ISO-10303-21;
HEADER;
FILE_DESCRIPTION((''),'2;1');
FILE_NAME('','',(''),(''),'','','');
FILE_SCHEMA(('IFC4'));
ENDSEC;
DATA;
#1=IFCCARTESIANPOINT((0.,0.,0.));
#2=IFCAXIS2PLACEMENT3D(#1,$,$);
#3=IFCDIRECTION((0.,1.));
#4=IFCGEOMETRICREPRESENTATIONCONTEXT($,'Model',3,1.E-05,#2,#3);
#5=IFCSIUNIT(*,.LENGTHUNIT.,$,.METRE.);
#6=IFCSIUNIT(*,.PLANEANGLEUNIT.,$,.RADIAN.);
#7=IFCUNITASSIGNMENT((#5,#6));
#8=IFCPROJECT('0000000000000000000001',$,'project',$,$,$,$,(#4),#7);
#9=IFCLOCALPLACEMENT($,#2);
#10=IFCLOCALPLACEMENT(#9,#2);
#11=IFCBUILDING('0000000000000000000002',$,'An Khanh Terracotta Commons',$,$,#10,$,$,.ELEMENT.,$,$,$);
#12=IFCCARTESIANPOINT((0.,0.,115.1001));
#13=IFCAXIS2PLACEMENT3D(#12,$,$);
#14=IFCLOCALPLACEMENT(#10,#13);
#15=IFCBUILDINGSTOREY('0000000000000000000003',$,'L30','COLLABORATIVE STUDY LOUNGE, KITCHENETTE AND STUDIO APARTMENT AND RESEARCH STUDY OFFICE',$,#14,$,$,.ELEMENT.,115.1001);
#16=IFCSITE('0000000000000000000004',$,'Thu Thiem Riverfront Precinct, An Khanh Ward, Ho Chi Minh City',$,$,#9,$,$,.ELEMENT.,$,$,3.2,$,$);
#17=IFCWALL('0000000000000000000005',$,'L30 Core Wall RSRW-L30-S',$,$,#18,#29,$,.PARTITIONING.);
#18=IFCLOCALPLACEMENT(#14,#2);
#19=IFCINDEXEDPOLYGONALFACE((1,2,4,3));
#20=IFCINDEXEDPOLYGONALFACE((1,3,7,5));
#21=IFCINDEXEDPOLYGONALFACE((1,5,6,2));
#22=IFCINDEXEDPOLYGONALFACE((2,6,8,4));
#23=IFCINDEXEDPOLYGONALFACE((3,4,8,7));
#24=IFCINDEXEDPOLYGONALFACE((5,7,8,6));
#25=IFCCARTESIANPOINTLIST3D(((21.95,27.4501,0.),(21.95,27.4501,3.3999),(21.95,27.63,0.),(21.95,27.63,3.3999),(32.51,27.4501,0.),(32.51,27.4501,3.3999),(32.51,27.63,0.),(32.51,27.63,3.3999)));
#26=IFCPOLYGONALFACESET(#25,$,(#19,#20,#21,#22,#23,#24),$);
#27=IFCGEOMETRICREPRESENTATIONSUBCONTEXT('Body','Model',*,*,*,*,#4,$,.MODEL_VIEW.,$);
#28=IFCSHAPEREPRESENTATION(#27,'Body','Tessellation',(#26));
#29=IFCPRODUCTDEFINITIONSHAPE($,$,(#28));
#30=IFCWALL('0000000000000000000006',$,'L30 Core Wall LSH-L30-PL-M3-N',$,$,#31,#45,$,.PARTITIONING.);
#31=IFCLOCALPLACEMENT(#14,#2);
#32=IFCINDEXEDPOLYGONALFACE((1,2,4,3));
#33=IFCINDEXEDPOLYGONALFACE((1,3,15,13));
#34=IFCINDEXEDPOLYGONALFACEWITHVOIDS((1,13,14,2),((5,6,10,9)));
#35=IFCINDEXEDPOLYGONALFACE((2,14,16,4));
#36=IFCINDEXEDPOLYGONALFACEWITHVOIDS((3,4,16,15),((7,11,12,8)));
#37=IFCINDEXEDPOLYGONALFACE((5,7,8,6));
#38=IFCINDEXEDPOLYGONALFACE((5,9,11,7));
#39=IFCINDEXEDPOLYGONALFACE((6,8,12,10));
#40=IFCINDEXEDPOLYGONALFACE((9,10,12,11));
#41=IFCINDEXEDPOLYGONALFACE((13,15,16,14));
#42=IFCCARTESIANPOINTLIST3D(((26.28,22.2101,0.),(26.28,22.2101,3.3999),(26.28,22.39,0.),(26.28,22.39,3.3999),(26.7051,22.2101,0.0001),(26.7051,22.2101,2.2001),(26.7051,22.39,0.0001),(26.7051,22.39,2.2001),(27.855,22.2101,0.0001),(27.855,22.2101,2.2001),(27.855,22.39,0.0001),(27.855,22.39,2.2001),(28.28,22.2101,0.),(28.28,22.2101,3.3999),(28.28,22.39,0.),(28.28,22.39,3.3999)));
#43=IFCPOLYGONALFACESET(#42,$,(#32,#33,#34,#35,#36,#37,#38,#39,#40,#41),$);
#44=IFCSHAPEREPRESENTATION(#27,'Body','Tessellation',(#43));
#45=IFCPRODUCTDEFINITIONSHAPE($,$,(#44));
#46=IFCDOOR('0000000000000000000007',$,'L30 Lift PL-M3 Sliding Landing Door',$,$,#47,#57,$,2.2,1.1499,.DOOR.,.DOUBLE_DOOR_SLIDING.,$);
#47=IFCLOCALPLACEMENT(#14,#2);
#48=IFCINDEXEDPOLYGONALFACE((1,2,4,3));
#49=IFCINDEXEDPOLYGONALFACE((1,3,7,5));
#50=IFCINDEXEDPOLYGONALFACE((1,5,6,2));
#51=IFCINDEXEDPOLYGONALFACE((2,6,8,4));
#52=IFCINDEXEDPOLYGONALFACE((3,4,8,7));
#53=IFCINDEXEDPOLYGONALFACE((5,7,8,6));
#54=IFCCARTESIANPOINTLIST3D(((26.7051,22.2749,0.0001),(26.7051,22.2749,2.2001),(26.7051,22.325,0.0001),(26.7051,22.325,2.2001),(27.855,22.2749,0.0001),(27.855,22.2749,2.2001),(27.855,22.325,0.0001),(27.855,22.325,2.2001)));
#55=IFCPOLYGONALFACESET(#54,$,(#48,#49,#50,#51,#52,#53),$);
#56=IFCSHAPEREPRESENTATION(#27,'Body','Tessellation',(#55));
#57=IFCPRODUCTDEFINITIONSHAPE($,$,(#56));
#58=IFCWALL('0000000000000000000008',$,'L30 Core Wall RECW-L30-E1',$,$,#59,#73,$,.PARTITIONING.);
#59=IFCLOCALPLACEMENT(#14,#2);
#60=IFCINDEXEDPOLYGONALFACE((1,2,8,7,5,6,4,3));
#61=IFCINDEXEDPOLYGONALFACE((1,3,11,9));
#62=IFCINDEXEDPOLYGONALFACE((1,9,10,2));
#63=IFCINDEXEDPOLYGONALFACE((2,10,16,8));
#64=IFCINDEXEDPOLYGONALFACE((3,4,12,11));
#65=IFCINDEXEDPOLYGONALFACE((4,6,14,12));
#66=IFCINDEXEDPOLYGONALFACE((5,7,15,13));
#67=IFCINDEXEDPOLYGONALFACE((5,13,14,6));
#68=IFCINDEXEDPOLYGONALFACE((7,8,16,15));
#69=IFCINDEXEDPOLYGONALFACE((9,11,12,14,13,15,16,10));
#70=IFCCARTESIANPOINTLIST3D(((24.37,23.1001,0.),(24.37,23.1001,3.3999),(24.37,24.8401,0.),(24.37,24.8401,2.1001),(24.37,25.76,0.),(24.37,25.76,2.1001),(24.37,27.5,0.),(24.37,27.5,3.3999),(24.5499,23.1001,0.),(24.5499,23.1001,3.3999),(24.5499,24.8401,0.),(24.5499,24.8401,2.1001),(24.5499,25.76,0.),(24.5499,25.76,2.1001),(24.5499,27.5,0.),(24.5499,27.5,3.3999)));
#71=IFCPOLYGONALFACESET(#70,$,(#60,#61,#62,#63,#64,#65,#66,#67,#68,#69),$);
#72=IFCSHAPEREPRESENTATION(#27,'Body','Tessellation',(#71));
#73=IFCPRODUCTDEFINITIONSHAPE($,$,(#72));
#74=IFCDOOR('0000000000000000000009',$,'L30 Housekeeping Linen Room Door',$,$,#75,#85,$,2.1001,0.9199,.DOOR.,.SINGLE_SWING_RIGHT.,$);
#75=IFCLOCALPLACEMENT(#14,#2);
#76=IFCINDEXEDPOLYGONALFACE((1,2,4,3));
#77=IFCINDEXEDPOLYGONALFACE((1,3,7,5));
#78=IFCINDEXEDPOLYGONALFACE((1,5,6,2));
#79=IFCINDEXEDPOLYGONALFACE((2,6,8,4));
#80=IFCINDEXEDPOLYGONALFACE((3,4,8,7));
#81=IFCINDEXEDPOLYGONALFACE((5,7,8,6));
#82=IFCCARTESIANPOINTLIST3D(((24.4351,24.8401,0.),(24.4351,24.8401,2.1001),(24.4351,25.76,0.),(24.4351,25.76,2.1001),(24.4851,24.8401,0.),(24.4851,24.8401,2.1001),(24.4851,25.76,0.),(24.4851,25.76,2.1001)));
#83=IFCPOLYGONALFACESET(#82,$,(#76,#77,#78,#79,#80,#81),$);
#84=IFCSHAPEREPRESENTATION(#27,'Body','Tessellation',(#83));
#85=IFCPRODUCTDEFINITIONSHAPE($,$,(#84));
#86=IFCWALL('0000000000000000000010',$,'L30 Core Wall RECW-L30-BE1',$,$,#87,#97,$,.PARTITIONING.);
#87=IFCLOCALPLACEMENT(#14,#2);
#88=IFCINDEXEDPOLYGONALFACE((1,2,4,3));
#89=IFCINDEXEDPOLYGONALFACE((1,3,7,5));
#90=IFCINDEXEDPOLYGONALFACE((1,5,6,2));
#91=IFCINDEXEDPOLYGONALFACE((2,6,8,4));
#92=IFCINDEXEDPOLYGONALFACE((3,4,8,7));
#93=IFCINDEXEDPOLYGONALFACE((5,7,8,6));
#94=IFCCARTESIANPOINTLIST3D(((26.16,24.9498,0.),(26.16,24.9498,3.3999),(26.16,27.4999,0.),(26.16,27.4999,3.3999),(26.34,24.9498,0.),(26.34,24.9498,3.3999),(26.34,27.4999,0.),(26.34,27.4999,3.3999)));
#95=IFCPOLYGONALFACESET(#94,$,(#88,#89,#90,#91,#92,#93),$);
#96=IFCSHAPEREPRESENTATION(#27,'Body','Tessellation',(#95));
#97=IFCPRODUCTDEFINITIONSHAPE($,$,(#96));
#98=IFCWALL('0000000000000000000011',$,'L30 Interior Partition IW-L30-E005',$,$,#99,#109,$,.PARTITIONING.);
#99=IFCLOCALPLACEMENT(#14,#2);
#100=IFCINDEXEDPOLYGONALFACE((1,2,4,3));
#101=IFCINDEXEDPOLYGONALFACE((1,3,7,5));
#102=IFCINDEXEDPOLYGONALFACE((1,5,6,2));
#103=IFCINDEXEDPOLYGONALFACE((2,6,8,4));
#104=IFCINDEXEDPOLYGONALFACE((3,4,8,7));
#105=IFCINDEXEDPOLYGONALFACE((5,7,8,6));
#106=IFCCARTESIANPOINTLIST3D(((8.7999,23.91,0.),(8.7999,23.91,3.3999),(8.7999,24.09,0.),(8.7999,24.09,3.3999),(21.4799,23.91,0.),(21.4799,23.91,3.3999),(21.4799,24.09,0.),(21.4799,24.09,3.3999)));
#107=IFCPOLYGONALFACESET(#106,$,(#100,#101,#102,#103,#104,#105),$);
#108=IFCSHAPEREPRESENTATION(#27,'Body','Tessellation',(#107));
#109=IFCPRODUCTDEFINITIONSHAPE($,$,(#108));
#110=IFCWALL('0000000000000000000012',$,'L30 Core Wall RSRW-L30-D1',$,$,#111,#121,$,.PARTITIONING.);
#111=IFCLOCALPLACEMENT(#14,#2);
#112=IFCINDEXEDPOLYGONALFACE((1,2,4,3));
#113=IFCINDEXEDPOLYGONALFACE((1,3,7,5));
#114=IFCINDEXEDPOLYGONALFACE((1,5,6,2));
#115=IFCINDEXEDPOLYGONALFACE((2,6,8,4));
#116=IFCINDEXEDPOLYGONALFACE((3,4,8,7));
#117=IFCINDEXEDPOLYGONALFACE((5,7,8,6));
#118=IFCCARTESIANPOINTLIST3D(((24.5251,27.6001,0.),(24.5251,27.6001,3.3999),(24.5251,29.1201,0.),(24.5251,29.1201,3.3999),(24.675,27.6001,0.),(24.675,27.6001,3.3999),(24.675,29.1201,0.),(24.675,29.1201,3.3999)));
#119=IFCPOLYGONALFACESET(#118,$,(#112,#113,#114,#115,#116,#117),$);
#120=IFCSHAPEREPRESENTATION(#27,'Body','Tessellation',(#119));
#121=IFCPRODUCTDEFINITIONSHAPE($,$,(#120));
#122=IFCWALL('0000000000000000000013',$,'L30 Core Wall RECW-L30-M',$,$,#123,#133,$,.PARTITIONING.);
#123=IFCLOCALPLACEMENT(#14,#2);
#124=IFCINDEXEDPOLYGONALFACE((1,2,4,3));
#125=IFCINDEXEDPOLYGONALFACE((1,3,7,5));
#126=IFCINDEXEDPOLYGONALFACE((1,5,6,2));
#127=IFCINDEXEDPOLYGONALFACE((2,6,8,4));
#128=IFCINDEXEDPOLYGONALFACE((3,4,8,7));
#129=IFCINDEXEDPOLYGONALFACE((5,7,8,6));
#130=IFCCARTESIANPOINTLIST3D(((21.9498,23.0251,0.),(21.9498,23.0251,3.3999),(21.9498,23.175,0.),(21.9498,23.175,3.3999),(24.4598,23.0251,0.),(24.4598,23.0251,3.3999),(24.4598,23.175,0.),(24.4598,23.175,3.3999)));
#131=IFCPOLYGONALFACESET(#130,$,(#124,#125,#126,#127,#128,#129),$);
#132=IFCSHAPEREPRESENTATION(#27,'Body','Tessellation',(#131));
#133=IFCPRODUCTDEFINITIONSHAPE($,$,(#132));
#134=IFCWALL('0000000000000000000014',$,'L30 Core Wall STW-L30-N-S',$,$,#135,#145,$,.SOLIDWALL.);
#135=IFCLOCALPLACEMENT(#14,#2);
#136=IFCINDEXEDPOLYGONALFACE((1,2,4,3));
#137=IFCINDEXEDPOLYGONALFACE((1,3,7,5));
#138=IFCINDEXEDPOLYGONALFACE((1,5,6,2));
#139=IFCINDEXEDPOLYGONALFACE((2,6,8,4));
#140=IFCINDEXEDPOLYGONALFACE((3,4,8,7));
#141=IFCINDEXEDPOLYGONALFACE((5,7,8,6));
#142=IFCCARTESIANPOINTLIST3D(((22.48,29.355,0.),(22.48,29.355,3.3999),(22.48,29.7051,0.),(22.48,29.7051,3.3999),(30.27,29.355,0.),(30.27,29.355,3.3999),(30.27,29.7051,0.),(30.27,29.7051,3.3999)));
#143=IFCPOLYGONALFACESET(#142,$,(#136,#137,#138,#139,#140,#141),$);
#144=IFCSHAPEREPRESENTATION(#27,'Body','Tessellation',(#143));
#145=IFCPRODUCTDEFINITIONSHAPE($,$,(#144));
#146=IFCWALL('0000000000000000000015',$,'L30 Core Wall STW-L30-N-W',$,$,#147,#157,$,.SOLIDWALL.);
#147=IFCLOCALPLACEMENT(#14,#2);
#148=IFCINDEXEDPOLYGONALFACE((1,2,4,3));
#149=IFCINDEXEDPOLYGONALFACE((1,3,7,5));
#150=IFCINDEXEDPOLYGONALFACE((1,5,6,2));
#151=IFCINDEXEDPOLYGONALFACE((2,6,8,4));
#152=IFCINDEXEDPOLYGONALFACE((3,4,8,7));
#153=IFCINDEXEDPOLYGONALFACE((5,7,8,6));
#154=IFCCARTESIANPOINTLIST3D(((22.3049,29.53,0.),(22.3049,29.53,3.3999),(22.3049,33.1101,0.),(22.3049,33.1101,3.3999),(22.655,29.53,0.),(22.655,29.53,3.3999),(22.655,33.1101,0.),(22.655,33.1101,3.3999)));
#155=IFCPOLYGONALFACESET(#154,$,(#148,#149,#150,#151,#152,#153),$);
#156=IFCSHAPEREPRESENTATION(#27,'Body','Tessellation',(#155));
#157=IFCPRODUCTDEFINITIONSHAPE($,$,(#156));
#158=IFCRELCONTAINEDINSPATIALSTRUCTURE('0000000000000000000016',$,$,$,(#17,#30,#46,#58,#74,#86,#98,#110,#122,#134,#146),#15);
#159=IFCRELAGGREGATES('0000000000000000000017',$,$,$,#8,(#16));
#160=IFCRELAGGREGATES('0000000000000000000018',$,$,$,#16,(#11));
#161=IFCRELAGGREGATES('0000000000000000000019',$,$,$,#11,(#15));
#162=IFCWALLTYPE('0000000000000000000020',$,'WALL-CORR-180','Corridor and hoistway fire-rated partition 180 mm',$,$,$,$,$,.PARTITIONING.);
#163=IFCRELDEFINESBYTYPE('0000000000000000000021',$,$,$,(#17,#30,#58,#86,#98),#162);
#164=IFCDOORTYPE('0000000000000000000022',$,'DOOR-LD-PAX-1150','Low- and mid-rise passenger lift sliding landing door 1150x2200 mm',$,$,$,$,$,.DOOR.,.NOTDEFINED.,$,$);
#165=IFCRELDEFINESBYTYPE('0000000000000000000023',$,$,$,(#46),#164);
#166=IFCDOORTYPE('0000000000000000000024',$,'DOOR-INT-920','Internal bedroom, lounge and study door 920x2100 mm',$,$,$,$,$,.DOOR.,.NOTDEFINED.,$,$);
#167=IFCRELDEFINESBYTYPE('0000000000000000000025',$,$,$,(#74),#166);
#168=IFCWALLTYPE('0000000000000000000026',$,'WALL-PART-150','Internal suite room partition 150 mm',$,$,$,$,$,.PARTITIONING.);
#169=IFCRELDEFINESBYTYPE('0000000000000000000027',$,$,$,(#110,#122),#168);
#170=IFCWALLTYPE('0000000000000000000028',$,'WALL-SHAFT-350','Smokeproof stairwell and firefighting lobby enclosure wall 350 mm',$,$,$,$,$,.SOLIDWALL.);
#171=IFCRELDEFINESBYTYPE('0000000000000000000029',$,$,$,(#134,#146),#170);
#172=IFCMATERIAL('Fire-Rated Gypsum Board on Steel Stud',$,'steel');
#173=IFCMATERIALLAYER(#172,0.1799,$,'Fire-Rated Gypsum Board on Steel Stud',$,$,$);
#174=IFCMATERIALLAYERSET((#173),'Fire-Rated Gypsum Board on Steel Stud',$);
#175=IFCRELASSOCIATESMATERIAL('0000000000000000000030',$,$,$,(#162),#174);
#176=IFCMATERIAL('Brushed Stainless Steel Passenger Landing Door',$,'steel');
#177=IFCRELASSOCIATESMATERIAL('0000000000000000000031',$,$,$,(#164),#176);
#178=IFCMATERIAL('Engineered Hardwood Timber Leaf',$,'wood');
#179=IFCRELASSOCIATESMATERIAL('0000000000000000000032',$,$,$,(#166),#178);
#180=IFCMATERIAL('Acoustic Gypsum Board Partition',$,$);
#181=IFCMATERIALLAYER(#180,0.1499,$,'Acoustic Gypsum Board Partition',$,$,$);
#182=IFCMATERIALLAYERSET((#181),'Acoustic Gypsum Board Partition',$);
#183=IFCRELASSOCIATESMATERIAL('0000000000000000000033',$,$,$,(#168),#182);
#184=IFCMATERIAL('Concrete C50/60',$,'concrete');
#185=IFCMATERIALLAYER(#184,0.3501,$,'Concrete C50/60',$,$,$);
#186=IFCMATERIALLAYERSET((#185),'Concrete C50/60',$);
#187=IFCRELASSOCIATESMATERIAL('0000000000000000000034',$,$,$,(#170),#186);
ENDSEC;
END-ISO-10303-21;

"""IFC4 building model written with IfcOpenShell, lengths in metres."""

from ifc_helpers import new_model, si_unit, direction, frame, frame_2d, origin, place, context, subcontext, project, spatial, rectangle, extrude, material, layer, layer_set, type_object, element, fill, save


model = new_model("IFC4")

# Units and contexts
model_context = context("Model", 3, precision=1e-05, world=origin(), true_north=direction((0.0, 1.0)))
body_context = subcontext(model_context, "Body", "Model", "MODEL_VIEW")
ifc_project = project(units=[si_unit("LENGTHUNIT", "METRE"), si_unit("PLANEANGLEUNIT", "RADIAN")], contexts=[model_context])

# Site, building, storey
site_placement = place(None, origin())
site = spatial("IfcSite", under=ifc_project, at=site_placement, Name="Thu Thiem Riverfront Precinct, An Khanh Ward, Ho Chi Minh City", CompositionType="ELEMENT", RefElevation=3.2)
building_placement = place(site_placement, origin())
building = spatial("IfcBuilding", under=site, at=building_placement, Name="An Khanh Terracotta Commons", CompositionType="ELEMENT")
storey_placement = place(building_placement, frame((0.0, 0.0, 115.1001)))
storey = spatial("IfcBuildingStorey", under=building, at=storey_placement, Name="L30", Description="COLLABORATIVE STUDY LOUNGE, KITCHENETTE AND STUDIO APARTMENT AND RESEARCH STUDY OFFICE", CompositionType="ELEMENT", Elevation=115.1001)

# Wall
ifc_material_1 = material(Name="Fire-Rated Gypsum Board on Steel Stud", Category="steel")
ifc_layer_1 = layer(ifc_material_1, 0.1799, Name="Fire-Rated Gypsum Board on Steel Stud")
ifc_layer_set_1 = layer_set([ifc_layer_1], Name="Fire-Rated Gypsum Board on Steel Stud")
wall_type_1 = type_object("IfcWallType", Name="WALL-CORR-180", Description="Corridor and hoistway fire-rated partition 180 mm", PredefinedType="PARTITIONING", material=ifc_layer_set_1)
wall_1_placement = place(storey_placement, frame((21.95, 27.54, 0.0), z_axis=(0.0, 0.0, 1.0), x_axis=(1.0, 0.0, 0.0)))
element("IfcWall", 1, at=wall_1_placement, inside=storey, type_object=wall_type_1, Name="L30 Core Wall RSRW-L30-S", PredefinedType="PARTITIONING", context=body_context, shape_type="SweptSolid", body=[
    extrude(rectangle(XDim=10.5601, YDim=0.1799, at=frame_2d((5.28, 0.0))), origin(), (0.0, 0.0, 1.0), 3.3999),
])

# Walls, openings, doors
wall_2_placement = place(storey_placement, frame((26.28, 22.3, 0.0), z_axis=(0.0, 0.0, 1.0), x_axis=(1.0, 0.0, 0.0)))
wall_2 = element("IfcWall", 2, at=wall_2_placement, inside=storey, type_object=wall_type_1, Name="L30 Core Wall LSH-L30-PL-M3-N", PredefinedType="PARTITIONING", context=body_context, shape_type="SweptSolid", body=[
    extrude(rectangle(XDim=2.0, YDim=0.1799, at=frame_2d((1.0, 0.0))), origin(), (0.0, 0.0, 1.0), 3.3999),
])
opening_1_placement = place(wall_2_placement, frame((0.425, 0.0, 0.0)))
opening_1 = element("IfcOpeningElement", 3, at=opening_1_placement, cuts=wall_2, PredefinedType="OPENING", context=body_context, shape_type="SweptSolid", body=[
    extrude(rectangle(XDim=1.1499, YDim=2.2, at=frame_2d((0.575, 1.1001))), frame((0.0, 0.0999, 0.0), z_axis=(0.0, -1.0, 0.0), x_axis=(1.0, 0.0, 0.0)), (0.0, 0.0, 1.0), 0.2),
])
ifc_material_2 = material(Name="Brushed Stainless Steel Passenger Landing Door", Category="steel")
door_type_1 = type_object("IfcDoorType", Name="DOOR-LD-PAX-1150", Description="Low- and mid-rise passenger lift sliding landing door 1150x2200 mm", OperationType="NOTDEFINED", PredefinedType="DOOR", material=ifc_material_2)
door_1_placement = place(opening_1_placement, origin())
door_1 = element("IfcDoor", 4, at=door_1_placement, inside=storey, type_object=door_type_1, Name="L30 Lift PL-M3 Sliding Landing Door", OperationType="DOUBLE_DOOR_SLIDING", OverallHeight=2.2, OverallWidth=1.1499, PredefinedType="DOOR", context=body_context, shape_type="SweptSolid", body=[
    extrude(rectangle(XDim=1.1499, YDim=2.2, at=frame_2d((0.575, 1.1001))), frame((0.0, 0.0249, 0.0), z_axis=(0.0, -1.0, 0.0), x_axis=(1.0, 0.0, 0.0)), (0.0, 0.0, 1.0), 0.05),
])
fill(opening_1, door_1)
wall_3_placement = place(storey_placement, frame((24.46, 23.1001, 0.0), z_axis=(0.0, 0.0, 1.0), x_axis=(0.0, 1.0, 0.0)))
wall_3 = element("IfcWall", 5, at=wall_3_placement, inside=storey, type_object=wall_type_1, Name="L30 Core Wall RECW-L30-E1", PredefinedType="PARTITIONING", context=body_context, shape_type="SweptSolid", body=[
    extrude(rectangle(XDim=4.3999, YDim=0.1799, at=frame_2d((2.2, 0.0))), origin(), (0.0, 0.0, 1.0), 3.3999),
])
opening_2_placement = place(wall_3_placement, frame((1.74, 0.0, 0.0)))
opening_2 = element("IfcOpeningElement", 6, at=opening_2_placement, cuts=wall_3, PredefinedType="OPENING", context=body_context, shape_type="SweptSolid", body=[
    extrude(rectangle(XDim=0.9199, YDim=2.1001, at=frame_2d((0.46, 1.05))), frame((0.0, 0.0999, 0.0), z_axis=(0.0, -1.0, 0.0), x_axis=(1.0, 0.0, 0.0)), (0.0, 0.0, 1.0), 0.2),
])
ifc_material_3 = material(Name="Engineered Hardwood Timber Leaf", Category="wood")
door_type_2 = type_object("IfcDoorType", Name="DOOR-INT-920", Description="Internal bedroom, lounge and study door 920x2100 mm", OperationType="NOTDEFINED", PredefinedType="DOOR", material=ifc_material_3)
door_2_placement = place(opening_2_placement, origin())
door_2 = element("IfcDoor", 7, at=door_2_placement, inside=storey, type_object=door_type_2, Name="L30 Housekeeping Linen Room Door", OperationType="SINGLE_SWING_RIGHT", OverallHeight=2.1001, OverallWidth=0.9199, PredefinedType="DOOR", context=body_context, shape_type="SweptSolid", body=[
    extrude(rectangle(XDim=0.9199, YDim=2.1001, at=frame_2d((0.46, 1.05))), frame((0.0, 0.0249, 0.0), z_axis=(0.0, -1.0, 0.0), x_axis=(1.0, 0.0, 0.0)), (0.0, 0.0, 1.0), 0.05),
])
fill(opening_2, door_2)

# Walls
wall_4_placement = place(storey_placement, frame((26.25, 24.95, 0.0), z_axis=(0.0, 0.0, 1.0), x_axis=(0.0, 1.0, 0.0)))
element("IfcWall", 8, at=wall_4_placement, inside=storey, type_object=wall_type_1, Name="L30 Core Wall RECW-L30-BE1", PredefinedType="PARTITIONING", context=body_context, shape_type="SweptSolid", body=[
    extrude(rectangle(XDim=2.55, YDim=0.1799, at=frame_2d((1.2749, 0.0))), origin(), (0.0, 0.0, 1.0), 3.3999),
])
wall_5_placement = place(storey_placement, frame((8.8, 24.0, 0.0), z_axis=(0.0, 0.0, 1.0), x_axis=(1.0, 0.0, 0.0)))
element("IfcWall", 9, at=wall_5_placement, inside=storey, type_object=wall_type_1, Name="L30 Interior Partition IW-L30-E005", PredefinedType="PARTITIONING", context=body_context, shape_type="SweptSolid", body=[
    extrude(rectangle(XDim=12.6799, YDim=0.1799, at=frame_2d((6.3398, 0.0))), origin(), (0.0, 0.0, 1.0), 3.3999),
])
ifc_material_4 = material(Name="Acoustic Gypsum Board Partition")
ifc_layer_2 = layer(ifc_material_4, 0.1499, Name="Acoustic Gypsum Board Partition")
ifc_layer_set_2 = layer_set([ifc_layer_2], Name="Acoustic Gypsum Board Partition")
wall_type_2 = type_object("IfcWallType", Name="WALL-PART-150", Description="Internal suite room partition 150 mm", PredefinedType="PARTITIONING", material=ifc_layer_set_2)
wall_6_placement = place(storey_placement, frame((24.6001, 27.6001, 0.0), z_axis=(0.0, 0.0, 1.0), x_axis=(0.0, 1.0, 0.0)))
element("IfcWall", 10, at=wall_6_placement, inside=storey, type_object=wall_type_2, Name="L30 Core Wall RSRW-L30-D1", PredefinedType="PARTITIONING", context=body_context, shape_type="SweptSolid", body=[
    extrude(rectangle(XDim=1.52, YDim=0.1499, at=frame_2d((0.76, 0.0))), origin(), (0.0, 0.0, 1.0), 3.3999),
])
wall_7_placement = place(storey_placement, frame((21.95, 23.1001, 0.0), z_axis=(0.0, 0.0, 1.0), x_axis=(1.0, 0.0, 0.0)))
element("IfcWall", 11, at=wall_7_placement, inside=storey, type_object=wall_type_2, Name="L30 Core Wall RECW-L30-M", PredefinedType="PARTITIONING", context=body_context, shape_type="SweptSolid", body=[
    extrude(rectangle(XDim=2.51, YDim=0.1499, at=frame_2d((1.2549, 0.0))), origin(), (0.0, 0.0, 1.0), 3.3999),
])
ifc_material_5 = material(Name="Concrete C50/60", Category="concrete")
ifc_layer_3 = layer(ifc_material_5, 0.3501, Name="Concrete C50/60")
ifc_layer_set_3 = layer_set([ifc_layer_3], Name="Concrete C50/60")
wall_type_3 = type_object("IfcWallType", Name="WALL-SHAFT-350", Description="Smokeproof stairwell and firefighting lobby enclosure wall 350 mm", PredefinedType="SOLIDWALL", material=ifc_layer_set_3)
wall_8_placement = place(storey_placement, frame((22.48, 29.53, 0.0), z_axis=(0.0, 0.0, 1.0), x_axis=(1.0, 0.0, 0.0)))
element("IfcWall", 12, at=wall_8_placement, inside=storey, type_object=wall_type_3, Name="L30 Core Wall STW-L30-N-S", PredefinedType="SOLIDWALL", context=body_context, shape_type="SweptSolid", body=[
    extrude(rectangle(XDim=7.79, YDim=0.3501, at=frame_2d((3.895, 0.0))), origin(), (0.0, 0.0, 1.0), 3.3999),
])
wall_9_placement = place(storey_placement, frame((22.48, 29.53, 0.0), z_axis=(0.0, 0.0, 1.0), x_axis=(0.0, 1.0, 0.0)))
element("IfcWall", 13, at=wall_9_placement, inside=storey, type_object=wall_type_3, Name="L30 Core Wall STW-L30-N-W", PredefinedType="SOLIDWALL", context=body_context, shape_type="SweptSolid", body=[
    extrude(rectangle(XDim=3.5801, YDim=0.3501, at=frame_2d((1.79, 0.0))), origin(), (0.0, 0.0, 1.0), 3.3999),
])

save(model, "model.ifc")
